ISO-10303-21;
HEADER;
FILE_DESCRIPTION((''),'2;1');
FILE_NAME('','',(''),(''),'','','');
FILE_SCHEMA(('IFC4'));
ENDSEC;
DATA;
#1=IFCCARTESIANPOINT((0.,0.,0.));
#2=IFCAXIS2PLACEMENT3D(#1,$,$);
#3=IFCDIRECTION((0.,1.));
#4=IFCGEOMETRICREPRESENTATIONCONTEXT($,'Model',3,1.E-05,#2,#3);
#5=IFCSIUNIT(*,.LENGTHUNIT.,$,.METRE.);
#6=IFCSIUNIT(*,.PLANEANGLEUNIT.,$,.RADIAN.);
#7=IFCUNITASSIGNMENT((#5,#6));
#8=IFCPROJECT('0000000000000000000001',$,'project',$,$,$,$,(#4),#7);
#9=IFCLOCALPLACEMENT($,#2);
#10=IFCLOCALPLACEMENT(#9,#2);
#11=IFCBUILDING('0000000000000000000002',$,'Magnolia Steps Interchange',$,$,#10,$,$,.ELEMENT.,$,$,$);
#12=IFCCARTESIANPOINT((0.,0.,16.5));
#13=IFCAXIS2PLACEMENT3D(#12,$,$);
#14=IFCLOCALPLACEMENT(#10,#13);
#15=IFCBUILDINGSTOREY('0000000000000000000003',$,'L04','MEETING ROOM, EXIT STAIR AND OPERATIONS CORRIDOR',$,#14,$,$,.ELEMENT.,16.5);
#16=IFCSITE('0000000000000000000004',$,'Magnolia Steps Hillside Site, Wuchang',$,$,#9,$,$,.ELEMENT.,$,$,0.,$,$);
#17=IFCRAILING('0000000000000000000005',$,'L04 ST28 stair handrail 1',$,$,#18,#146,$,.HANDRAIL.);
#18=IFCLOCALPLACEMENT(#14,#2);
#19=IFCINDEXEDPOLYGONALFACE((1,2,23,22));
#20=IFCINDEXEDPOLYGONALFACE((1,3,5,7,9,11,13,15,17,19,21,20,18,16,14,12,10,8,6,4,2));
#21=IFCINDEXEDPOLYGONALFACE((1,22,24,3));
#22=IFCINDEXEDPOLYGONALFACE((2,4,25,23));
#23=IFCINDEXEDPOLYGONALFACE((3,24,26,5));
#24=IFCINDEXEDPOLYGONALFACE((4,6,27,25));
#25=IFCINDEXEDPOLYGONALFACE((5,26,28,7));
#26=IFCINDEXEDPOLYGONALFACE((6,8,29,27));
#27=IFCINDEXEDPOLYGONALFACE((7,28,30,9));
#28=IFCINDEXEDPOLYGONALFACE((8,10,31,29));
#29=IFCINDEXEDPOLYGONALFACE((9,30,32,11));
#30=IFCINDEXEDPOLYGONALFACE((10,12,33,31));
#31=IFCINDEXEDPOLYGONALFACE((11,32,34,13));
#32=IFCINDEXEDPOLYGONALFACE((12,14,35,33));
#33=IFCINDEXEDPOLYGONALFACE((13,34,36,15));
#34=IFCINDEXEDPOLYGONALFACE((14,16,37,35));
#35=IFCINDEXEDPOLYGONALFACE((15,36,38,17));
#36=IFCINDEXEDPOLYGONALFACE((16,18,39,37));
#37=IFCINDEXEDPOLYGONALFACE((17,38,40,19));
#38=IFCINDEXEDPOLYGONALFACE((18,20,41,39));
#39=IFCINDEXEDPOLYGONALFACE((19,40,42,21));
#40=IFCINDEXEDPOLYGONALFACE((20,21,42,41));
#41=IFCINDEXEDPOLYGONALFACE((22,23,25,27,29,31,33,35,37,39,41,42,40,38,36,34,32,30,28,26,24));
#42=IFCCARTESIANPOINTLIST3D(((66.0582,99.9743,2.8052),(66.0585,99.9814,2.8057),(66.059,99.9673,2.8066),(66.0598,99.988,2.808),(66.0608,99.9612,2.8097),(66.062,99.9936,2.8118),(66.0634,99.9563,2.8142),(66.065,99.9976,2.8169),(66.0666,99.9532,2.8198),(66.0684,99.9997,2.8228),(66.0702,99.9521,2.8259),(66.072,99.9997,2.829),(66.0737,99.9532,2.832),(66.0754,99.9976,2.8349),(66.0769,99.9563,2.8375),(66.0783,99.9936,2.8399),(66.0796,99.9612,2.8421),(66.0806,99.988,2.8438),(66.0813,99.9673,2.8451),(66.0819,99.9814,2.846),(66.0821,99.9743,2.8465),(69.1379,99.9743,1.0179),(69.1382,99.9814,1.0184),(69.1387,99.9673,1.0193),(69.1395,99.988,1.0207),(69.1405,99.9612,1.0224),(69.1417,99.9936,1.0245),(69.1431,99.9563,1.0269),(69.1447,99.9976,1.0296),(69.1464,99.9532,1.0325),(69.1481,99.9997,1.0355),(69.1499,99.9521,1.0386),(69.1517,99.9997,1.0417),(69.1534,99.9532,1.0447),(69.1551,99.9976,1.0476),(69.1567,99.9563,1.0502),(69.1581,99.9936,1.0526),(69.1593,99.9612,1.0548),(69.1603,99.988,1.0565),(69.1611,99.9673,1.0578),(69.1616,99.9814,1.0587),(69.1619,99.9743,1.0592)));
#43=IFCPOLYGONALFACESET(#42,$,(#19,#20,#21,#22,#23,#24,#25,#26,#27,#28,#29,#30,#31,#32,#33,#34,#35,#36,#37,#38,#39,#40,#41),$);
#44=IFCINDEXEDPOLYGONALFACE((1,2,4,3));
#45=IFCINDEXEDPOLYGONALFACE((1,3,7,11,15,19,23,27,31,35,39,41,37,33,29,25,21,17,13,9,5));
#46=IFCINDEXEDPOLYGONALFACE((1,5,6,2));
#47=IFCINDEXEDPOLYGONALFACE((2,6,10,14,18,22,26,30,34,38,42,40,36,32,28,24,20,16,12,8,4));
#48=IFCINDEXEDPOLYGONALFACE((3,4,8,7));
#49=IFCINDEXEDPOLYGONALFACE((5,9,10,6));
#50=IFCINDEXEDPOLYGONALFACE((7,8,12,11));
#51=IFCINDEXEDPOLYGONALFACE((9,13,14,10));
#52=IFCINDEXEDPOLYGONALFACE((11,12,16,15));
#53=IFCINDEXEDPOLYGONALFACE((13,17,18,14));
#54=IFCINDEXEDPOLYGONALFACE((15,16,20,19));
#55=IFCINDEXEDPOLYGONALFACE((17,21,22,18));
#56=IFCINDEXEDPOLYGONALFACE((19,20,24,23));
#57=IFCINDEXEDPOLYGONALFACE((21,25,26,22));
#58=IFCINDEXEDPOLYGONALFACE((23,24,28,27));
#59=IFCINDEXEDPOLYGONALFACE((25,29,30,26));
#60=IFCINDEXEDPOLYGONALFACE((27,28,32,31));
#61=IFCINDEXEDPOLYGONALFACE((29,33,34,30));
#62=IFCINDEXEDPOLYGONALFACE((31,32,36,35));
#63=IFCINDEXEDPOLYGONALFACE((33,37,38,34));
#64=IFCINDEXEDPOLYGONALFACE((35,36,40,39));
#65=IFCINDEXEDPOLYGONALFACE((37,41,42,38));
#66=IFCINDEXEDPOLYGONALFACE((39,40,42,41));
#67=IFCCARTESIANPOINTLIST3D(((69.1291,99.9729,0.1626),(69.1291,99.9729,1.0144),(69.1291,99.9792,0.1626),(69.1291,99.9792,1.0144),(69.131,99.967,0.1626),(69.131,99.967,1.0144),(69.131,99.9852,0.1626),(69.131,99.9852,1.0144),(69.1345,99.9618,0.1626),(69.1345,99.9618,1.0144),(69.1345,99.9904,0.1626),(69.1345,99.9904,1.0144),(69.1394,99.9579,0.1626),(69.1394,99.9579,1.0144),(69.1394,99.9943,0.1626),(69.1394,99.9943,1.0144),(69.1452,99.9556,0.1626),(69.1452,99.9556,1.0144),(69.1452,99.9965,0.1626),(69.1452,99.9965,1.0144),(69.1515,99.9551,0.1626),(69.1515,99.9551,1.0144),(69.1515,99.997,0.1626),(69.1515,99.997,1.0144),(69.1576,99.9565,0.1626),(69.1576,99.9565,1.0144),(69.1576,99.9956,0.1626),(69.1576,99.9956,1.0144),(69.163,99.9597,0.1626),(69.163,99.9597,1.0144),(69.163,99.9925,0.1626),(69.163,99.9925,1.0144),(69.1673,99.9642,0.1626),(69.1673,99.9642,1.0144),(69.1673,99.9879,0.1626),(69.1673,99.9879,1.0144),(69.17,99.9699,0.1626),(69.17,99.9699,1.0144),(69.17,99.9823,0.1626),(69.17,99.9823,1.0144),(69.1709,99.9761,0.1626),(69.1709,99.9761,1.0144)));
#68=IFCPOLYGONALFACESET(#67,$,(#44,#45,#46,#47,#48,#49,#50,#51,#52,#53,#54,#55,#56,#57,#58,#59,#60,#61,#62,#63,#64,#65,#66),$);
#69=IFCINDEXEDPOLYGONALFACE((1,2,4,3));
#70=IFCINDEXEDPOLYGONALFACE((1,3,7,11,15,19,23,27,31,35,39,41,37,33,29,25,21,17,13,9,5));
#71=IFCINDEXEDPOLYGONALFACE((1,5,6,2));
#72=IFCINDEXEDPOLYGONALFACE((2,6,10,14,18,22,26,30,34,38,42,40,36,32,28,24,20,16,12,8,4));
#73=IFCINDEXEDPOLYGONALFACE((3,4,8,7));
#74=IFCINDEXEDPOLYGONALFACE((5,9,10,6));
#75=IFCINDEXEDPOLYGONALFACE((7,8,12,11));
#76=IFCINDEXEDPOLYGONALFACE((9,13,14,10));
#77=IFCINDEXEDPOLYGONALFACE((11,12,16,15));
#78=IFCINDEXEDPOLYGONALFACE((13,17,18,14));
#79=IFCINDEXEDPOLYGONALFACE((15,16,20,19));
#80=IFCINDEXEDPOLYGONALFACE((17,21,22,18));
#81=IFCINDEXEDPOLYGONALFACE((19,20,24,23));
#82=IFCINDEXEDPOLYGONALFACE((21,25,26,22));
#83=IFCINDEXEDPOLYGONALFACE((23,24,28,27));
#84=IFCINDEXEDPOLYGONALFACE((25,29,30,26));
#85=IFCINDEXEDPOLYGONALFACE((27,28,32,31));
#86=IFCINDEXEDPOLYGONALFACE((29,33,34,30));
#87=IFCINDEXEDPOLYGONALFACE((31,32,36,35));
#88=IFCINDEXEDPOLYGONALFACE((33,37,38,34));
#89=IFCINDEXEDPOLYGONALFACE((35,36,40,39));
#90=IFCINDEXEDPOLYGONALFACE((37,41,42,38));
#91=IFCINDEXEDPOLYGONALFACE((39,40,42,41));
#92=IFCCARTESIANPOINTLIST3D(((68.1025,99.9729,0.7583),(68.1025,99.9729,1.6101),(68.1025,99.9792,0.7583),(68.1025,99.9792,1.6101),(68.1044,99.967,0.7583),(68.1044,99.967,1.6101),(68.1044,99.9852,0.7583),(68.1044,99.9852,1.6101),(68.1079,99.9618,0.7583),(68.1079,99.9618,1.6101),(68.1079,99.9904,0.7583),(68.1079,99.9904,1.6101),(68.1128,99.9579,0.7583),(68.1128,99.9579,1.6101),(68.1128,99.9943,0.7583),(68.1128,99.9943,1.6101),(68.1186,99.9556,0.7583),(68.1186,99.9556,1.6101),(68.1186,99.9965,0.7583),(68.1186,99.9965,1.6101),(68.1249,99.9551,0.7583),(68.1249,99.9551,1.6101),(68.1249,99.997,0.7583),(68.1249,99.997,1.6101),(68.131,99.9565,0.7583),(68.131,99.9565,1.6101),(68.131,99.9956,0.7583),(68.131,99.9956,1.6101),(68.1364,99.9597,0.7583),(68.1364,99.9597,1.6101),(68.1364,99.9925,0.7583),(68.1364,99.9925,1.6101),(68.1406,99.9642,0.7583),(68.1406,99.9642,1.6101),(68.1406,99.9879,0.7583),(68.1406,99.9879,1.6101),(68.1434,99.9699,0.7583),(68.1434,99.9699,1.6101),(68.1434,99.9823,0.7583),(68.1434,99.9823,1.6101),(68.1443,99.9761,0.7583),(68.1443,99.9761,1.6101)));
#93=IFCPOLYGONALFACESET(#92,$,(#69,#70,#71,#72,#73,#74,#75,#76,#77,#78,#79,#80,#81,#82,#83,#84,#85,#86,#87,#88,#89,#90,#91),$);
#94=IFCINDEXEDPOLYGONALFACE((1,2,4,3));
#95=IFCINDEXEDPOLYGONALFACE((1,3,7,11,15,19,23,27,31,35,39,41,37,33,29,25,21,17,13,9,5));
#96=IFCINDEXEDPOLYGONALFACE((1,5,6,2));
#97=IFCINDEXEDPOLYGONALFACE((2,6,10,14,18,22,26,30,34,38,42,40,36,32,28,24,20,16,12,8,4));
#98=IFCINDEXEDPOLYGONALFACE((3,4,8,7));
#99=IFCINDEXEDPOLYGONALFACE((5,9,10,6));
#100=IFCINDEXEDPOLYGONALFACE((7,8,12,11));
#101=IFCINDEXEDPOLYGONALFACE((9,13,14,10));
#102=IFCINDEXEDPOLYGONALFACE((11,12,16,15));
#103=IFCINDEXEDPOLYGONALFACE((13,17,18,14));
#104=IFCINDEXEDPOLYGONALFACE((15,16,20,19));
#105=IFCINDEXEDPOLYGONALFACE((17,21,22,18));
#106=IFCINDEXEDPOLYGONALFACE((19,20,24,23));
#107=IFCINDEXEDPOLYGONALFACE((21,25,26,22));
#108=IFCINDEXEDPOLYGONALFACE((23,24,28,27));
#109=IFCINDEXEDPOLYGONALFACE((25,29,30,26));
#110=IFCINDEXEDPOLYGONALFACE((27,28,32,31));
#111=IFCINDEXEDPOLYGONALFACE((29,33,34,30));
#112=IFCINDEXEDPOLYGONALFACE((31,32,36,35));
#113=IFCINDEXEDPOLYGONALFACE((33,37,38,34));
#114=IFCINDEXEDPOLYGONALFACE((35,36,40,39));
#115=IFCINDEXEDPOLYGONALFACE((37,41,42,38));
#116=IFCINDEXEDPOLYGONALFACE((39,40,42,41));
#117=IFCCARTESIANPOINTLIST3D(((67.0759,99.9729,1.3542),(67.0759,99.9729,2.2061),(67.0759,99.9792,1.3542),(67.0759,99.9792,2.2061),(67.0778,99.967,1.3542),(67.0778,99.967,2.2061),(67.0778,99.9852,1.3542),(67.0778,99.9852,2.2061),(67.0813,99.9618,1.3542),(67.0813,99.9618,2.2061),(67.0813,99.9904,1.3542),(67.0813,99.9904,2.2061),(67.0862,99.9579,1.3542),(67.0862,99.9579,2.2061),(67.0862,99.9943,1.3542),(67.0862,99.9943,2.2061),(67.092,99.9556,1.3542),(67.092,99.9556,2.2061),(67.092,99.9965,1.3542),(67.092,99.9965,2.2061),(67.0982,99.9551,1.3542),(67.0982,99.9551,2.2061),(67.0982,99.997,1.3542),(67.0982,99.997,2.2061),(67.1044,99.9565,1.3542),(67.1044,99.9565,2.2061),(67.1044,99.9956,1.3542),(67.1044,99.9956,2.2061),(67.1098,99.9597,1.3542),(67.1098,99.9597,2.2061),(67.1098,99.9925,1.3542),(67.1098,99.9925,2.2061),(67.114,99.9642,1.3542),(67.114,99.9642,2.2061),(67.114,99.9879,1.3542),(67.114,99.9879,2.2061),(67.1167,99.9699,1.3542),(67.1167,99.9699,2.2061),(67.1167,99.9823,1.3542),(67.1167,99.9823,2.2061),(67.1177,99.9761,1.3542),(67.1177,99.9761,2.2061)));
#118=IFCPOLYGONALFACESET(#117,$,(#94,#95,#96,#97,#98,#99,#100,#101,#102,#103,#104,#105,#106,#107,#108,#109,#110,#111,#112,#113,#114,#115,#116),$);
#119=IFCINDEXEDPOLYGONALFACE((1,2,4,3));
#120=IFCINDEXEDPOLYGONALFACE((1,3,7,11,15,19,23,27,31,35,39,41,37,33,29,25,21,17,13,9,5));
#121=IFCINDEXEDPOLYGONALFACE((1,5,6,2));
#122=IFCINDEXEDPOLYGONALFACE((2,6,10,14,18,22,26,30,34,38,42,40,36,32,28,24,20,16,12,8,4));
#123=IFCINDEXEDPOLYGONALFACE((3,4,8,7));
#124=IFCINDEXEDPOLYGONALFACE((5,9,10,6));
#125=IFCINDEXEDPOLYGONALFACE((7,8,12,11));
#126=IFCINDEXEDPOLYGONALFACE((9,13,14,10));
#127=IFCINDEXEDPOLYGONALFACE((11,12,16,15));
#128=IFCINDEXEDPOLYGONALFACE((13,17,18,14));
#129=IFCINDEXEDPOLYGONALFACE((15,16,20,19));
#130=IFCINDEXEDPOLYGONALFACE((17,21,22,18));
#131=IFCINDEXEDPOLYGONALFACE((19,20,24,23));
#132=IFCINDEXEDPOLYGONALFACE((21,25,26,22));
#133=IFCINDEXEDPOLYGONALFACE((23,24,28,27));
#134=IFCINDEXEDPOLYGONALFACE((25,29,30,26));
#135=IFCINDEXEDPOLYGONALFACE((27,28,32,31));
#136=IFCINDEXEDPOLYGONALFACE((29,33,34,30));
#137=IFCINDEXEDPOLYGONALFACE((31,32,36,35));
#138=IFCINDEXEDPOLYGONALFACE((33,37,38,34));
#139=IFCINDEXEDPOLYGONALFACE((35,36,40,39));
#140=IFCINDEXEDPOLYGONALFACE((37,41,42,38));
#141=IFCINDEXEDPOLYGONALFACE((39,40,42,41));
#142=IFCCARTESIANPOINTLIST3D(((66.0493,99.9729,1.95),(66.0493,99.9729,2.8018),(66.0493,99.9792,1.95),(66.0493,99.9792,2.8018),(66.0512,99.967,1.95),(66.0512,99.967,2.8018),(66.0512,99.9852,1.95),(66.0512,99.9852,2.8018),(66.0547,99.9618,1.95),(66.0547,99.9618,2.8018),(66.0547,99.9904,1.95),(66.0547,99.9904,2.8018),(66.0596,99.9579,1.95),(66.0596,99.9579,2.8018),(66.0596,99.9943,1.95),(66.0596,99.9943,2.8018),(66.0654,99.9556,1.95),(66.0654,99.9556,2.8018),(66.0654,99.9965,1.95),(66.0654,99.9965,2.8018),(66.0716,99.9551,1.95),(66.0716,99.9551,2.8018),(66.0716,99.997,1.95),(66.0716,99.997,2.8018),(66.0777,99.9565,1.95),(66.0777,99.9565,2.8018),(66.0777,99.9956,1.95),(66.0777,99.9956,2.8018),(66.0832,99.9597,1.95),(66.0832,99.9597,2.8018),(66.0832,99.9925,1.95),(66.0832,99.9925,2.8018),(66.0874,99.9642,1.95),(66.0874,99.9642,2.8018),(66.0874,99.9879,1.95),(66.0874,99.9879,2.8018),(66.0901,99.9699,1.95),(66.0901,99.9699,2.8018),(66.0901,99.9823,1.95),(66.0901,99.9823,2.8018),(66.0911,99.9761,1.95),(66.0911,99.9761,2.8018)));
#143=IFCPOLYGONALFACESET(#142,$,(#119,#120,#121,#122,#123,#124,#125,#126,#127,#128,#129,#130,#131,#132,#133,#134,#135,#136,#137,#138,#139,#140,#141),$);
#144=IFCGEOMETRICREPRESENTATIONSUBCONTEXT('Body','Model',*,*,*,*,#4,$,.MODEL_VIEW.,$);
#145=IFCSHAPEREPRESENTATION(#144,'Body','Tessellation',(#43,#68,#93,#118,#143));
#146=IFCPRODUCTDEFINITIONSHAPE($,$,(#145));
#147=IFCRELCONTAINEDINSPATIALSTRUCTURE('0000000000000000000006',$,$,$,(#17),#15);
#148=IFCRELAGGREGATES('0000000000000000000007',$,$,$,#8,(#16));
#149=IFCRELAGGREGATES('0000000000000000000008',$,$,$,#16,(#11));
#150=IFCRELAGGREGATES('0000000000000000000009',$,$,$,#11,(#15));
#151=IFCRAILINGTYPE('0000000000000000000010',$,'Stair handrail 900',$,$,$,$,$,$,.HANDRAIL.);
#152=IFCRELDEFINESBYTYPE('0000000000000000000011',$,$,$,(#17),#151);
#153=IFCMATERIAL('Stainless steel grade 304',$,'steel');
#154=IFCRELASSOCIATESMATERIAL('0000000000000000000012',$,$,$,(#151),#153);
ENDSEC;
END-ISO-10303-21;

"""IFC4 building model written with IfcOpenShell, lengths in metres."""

from ifc_helpers import new_model, si_unit, direction, frame, origin, origin_2d, place, context, subcontext, project, spatial, circle, extrude, material, type_object, element, save


model = new_model("IFC4")

# Units and contexts
model_context = context("Model", 3, precision=1e-05, world=origin(), true_north=direction((0.0, 1.0)))
body_context = subcontext(model_context, "Body", "Model", "MODEL_VIEW")
ifc_project = project(units=[si_unit("LENGTHUNIT", "METRE"), si_unit("PLANEANGLEUNIT", "RADIAN")], contexts=[model_context])

# Site, building, storey
site_placement = place(None, origin())
site = spatial("IfcSite", under=ifc_project, at=site_placement, Name="Magnolia Steps Hillside Site, Wuchang", CompositionType="ELEMENT", RefElevation=0.0)
building_placement = place(site_placement, origin())
building = spatial("IfcBuilding", under=site, at=building_placement, Name="Magnolia Steps Interchange", CompositionType="ELEMENT")
storey_placement = place(building_placement, frame((0.0, 0.0, 16.5)))
storey = spatial("IfcBuildingStorey", under=building, at=storey_placement, Name="L04", Description="MEETING ROOM, EXIT STAIR AND OPERATIONS CORRIDOR", CompositionType="ELEMENT", Elevation=16.5)

# Railing
ifc_material_1 = material(Name="Stainless steel grade 304", Category="steel")
railing_type_1 = type_object("IfcRailingType", Name="Stair handrail 900", PredefinedType="HANDRAIL", material=ifc_material_1)
railing_1_placement = place(storey_placement, frame((69.1499, 99.9761, 0.1626)))
element("IfcRailing", 1, at=railing_1_placement, inside=storey, type_object=railing_type_1, Name="L04 ST28 stair handrail 1", PredefinedType="HANDRAIL", context=body_context, shape_type="SweptSolid", body=[
    extrude(circle(Radius=0.0239, at=origin_2d()), frame((0.0, 0.0, 0.876), z_axis=(-0.864903, 0.0, 0.501939), x_axis=(0.0, -1.0, 0.0)), (0.0, 0.0, 1.0), 3.5608),
    extrude(circle(Radius=0.021, at=origin_2d()), origin(), (0.0, 0.0, 1.0), 0.8518),
    extrude(circle(Radius=0.021, at=origin_2d()), frame((-1.0266, 0.0, 0.5957)), (0.0, 0.0, 1.0), 0.8518),
    extrude(circle(Radius=0.021, at=origin_2d()), frame((-2.0532, 0.0, 1.1917)), (0.0, 0.0, 1.0), 0.8518),
    extrude(circle(Radius=0.021, at=origin_2d()), frame((-3.0798, 0.0, 1.7874)), (0.0, 0.0, 1.0), 0.8518),
])

save(model, "model.ifc")
